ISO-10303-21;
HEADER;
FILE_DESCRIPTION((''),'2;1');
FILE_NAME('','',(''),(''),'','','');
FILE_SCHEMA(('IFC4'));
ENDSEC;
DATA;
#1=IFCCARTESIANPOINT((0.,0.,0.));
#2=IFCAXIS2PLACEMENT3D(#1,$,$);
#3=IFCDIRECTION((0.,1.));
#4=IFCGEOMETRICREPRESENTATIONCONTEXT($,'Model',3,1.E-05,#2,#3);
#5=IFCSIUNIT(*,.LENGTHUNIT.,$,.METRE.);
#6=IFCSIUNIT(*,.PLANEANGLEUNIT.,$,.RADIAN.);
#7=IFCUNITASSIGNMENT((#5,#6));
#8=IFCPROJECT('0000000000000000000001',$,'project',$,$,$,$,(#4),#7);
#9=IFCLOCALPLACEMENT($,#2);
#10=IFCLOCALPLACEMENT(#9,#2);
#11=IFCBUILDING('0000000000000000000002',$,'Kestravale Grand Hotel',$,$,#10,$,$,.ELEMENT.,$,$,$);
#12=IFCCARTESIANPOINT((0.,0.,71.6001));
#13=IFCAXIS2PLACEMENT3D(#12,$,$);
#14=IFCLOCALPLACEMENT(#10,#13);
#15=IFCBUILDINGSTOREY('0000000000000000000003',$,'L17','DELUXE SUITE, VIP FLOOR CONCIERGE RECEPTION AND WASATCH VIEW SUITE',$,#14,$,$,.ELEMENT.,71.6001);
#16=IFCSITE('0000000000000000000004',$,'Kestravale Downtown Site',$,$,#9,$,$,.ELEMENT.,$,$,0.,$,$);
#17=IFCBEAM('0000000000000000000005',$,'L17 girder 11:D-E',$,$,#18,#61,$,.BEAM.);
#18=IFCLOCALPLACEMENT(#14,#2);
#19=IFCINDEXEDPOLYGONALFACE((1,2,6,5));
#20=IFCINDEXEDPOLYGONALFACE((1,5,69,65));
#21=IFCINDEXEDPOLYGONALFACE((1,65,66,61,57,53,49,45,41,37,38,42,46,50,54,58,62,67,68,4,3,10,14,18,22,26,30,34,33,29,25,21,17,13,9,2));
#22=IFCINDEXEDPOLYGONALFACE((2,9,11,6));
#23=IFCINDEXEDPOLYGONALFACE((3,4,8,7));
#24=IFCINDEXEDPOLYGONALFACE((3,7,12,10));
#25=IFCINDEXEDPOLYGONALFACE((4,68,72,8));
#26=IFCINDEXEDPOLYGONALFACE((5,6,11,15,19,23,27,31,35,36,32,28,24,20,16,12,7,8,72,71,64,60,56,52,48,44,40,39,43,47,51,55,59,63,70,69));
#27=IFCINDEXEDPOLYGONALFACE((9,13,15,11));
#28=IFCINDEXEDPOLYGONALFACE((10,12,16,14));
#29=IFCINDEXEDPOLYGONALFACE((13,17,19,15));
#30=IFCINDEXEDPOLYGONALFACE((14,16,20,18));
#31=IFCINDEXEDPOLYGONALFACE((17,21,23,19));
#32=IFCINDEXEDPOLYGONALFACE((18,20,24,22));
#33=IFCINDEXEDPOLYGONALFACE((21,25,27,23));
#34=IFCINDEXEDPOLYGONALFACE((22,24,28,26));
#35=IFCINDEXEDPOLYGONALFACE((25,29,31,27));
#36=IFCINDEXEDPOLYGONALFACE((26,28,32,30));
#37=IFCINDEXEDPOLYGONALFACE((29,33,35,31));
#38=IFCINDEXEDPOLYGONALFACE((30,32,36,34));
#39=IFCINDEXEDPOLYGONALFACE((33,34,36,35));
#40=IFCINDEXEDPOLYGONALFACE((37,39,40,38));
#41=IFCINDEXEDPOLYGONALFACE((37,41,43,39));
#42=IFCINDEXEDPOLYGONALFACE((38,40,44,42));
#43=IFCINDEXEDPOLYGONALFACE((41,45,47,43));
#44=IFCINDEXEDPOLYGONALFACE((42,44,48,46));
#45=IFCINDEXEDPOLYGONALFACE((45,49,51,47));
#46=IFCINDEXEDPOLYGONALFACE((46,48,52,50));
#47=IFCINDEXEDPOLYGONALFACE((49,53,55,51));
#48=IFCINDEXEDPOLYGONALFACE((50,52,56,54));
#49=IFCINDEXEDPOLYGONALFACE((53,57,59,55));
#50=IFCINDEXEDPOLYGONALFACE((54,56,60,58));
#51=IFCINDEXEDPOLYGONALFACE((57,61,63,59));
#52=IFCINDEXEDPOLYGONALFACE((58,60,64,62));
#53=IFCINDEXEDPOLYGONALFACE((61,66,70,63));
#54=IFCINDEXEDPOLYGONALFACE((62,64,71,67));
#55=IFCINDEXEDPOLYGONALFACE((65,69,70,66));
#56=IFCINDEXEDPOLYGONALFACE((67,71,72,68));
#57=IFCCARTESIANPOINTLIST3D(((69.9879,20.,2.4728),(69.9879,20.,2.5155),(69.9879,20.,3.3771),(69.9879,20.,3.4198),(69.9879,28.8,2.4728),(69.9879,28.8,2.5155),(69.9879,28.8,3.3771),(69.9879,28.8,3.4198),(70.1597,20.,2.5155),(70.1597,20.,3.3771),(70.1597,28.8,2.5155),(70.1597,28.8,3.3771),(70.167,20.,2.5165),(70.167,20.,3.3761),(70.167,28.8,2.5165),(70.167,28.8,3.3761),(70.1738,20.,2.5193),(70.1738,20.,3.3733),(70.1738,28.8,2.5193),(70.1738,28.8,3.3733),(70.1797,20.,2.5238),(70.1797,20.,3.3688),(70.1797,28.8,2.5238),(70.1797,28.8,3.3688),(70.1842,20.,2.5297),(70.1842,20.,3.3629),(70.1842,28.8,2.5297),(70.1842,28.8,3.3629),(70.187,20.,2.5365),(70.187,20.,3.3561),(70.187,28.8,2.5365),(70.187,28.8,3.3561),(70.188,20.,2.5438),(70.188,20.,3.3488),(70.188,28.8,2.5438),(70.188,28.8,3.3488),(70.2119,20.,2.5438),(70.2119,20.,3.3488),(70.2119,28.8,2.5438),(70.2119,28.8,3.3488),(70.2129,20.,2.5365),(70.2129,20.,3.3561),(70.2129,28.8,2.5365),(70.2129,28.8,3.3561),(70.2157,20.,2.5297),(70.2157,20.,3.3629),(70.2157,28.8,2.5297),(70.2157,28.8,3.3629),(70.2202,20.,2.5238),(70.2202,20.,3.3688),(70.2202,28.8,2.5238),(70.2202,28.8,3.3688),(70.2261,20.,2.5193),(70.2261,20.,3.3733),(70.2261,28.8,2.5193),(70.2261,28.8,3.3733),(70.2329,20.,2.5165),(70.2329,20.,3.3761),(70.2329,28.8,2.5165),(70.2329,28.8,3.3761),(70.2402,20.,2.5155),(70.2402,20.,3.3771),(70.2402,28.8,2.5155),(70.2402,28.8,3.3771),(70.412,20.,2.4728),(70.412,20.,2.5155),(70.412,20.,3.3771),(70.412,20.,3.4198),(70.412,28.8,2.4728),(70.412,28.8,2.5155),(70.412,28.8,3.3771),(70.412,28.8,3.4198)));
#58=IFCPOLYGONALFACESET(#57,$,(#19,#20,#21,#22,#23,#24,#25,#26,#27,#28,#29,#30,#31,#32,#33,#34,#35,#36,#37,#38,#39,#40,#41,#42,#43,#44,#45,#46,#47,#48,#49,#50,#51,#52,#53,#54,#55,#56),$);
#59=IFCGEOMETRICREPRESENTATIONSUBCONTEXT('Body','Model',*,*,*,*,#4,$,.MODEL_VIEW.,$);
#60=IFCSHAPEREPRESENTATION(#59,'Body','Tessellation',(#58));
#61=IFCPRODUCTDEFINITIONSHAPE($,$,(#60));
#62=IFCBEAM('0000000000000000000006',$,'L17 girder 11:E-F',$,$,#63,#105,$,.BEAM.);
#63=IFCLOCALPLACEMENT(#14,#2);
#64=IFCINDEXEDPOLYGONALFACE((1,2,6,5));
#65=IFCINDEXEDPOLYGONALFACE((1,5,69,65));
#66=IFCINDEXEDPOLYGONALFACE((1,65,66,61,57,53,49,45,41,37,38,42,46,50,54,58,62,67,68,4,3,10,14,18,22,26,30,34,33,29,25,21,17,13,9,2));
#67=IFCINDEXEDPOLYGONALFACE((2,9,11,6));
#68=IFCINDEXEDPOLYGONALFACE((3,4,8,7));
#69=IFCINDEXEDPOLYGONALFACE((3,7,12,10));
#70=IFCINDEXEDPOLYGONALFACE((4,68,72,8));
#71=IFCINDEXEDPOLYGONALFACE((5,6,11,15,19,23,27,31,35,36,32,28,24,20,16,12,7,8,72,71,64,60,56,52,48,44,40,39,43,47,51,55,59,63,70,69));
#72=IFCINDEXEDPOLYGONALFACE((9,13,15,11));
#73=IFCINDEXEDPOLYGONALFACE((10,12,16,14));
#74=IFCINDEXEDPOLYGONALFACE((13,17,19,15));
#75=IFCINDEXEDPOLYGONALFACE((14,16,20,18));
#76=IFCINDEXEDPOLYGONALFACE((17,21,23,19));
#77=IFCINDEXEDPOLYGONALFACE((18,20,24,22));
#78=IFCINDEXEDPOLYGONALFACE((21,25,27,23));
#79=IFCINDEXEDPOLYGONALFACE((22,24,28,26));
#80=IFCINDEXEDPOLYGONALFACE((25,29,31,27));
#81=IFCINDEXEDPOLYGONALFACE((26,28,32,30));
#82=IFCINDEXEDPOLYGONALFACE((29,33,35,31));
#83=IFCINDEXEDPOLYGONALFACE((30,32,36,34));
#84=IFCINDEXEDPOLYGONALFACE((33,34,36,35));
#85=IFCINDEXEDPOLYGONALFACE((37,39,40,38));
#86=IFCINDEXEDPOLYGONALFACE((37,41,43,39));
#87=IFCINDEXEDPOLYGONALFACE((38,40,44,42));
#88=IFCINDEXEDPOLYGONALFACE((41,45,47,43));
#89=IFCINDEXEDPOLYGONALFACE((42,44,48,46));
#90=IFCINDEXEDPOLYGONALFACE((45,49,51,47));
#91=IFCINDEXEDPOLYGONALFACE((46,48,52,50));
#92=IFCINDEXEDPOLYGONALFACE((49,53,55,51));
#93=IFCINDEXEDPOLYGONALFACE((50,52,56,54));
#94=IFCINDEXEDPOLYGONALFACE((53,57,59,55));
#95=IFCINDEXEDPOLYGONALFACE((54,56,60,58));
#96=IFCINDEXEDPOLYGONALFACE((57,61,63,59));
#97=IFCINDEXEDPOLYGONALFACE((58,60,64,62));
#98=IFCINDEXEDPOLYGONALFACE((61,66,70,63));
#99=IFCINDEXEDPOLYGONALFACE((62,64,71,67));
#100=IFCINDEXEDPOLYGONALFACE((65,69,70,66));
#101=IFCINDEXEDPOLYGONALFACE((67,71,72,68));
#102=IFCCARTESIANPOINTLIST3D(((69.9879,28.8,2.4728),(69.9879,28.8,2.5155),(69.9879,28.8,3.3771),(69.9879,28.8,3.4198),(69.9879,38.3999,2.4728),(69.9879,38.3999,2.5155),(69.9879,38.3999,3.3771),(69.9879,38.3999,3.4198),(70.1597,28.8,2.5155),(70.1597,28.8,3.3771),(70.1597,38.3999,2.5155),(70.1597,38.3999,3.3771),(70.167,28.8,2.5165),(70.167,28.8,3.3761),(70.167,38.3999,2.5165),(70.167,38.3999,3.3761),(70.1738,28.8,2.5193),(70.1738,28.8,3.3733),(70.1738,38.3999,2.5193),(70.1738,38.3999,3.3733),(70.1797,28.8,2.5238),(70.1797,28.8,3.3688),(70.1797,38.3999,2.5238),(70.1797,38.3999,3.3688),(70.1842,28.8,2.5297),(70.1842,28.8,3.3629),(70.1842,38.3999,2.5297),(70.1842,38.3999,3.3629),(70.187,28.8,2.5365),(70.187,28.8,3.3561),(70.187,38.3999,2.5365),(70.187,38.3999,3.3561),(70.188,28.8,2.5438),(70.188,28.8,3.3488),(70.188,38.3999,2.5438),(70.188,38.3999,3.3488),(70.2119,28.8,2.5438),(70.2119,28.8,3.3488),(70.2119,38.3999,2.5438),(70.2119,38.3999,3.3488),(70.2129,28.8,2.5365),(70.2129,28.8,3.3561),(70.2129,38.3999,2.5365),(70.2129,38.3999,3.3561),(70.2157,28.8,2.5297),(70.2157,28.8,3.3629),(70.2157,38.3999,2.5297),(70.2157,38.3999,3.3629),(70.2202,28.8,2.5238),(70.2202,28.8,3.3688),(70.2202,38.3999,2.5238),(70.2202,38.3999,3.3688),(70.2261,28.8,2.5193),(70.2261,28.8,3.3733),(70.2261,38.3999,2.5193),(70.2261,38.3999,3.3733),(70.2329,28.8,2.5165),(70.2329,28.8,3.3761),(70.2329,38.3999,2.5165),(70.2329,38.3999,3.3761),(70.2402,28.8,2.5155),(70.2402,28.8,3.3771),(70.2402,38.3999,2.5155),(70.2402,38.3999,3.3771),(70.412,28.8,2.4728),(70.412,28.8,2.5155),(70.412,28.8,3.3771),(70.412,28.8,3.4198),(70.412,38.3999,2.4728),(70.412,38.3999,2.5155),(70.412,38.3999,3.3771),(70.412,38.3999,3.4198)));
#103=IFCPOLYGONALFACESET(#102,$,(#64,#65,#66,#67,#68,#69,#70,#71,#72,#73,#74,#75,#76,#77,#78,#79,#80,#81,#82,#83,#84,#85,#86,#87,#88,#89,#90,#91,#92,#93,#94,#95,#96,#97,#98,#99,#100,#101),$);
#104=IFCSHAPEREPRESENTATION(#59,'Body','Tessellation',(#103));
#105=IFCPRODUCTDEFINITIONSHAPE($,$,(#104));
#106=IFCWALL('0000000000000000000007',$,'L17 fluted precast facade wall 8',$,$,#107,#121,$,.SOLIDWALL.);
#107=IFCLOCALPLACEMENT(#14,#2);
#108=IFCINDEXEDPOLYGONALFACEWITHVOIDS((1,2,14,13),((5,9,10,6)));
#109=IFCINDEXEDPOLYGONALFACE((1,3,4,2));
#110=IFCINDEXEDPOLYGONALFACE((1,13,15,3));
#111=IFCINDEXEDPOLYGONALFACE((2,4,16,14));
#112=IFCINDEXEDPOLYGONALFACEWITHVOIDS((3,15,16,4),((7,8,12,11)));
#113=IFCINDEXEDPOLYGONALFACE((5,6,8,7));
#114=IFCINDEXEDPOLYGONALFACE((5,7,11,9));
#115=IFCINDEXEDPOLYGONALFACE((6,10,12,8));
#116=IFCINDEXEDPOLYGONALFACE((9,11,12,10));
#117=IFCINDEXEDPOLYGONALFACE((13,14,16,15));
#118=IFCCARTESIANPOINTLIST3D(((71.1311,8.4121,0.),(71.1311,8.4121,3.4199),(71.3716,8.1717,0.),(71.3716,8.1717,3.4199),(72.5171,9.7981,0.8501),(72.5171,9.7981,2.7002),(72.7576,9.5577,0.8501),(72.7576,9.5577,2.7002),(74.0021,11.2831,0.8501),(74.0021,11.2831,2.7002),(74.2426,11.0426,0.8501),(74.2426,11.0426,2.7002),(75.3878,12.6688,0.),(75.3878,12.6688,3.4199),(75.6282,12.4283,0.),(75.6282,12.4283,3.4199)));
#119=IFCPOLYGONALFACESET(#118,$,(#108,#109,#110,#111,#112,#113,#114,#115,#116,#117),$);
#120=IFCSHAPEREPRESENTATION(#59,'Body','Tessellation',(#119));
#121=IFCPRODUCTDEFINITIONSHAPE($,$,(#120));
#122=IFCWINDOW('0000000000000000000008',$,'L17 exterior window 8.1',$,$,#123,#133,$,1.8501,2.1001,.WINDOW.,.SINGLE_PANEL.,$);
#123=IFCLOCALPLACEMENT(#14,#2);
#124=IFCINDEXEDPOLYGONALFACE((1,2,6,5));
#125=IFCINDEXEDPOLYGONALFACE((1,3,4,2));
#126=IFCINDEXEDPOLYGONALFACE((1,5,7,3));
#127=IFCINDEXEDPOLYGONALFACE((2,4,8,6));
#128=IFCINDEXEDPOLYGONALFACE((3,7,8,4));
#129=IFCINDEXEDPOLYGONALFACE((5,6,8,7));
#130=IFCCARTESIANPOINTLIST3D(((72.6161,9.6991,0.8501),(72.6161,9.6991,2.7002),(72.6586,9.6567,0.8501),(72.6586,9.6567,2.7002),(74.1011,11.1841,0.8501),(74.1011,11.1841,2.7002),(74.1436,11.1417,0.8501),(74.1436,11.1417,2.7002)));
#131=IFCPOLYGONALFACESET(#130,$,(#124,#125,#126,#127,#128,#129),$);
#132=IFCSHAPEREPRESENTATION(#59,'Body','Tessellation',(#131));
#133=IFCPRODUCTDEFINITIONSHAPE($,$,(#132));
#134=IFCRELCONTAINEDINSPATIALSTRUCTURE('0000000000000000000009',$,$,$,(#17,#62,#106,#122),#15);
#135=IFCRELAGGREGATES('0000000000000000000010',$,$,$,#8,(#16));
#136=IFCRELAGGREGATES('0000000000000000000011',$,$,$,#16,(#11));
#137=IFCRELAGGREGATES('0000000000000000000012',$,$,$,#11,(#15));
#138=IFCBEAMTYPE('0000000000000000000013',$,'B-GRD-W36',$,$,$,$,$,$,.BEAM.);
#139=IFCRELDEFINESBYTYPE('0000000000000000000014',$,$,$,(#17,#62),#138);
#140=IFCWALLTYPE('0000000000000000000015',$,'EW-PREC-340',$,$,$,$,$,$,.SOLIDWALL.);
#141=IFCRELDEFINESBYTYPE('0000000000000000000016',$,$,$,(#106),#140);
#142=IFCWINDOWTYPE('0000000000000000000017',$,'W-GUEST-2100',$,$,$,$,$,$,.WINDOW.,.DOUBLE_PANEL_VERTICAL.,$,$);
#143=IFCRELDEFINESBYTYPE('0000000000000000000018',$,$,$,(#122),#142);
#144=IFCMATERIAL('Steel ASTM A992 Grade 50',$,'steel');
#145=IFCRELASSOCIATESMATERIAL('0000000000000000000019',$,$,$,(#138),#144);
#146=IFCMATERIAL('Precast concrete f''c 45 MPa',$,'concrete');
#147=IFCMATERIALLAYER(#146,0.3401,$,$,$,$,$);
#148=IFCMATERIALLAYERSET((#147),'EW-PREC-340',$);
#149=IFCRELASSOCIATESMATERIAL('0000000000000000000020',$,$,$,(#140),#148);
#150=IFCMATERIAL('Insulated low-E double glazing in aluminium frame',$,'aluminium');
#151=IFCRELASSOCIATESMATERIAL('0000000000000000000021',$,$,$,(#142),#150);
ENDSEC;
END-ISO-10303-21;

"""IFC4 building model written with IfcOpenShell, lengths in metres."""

from ifc_helpers import new_model, si_unit, direction, frame, frame_2d, origin, origin_2d, place, context, subcontext, project, spatial, rectangle, i_section, extrude, material, layer, layer_set, material_profile, profile_set, type_object, element, fill, save


model = new_model("IFC4")

# Units and contexts
model_context = context("Model", 3, precision=1e-05, world=origin(), true_north=direction((0.0, 1.0)))
body_context = subcontext(model_context, "Body", "Model", "MODEL_VIEW")
ifc_project = project(units=[si_unit("LENGTHUNIT", "METRE"), si_unit("PLANEANGLEUNIT", "RADIAN")], contexts=[model_context])

# Site, building, storey
site_placement = place(None, origin())
site = spatial("IfcSite", under=ifc_project, at=site_placement, Name="Kestravale Downtown Site", CompositionType="ELEMENT", RefElevation=0.0)
building_placement = place(site_placement, origin())
building = spatial("IfcBuilding", under=site, at=building_placement, Name="Kestravale Grand Hotel", CompositionType="ELEMENT")
storey_placement = place(building_placement, frame((0.0, 0.0, 71.6001)))
storey = spatial("IfcBuildingStorey", under=building, at=storey_placement, Name="L17", Description="DELUXE SUITE, VIP FLOOR CONCIERGE RECEPTION AND WASATCH VIEW SUITE", CompositionType="ELEMENT", Elevation=71.6001)

# Beams
ifc_material_1 = material(Name="Steel ASTM A992 Grade 50", Category="steel")
ifc_material_profile_1 = material_profile(ifc_material_1, i_section(OverallWidth=0.4241, OverallDepth=0.947, WebThickness=0.0239, FlangeThickness=0.0427, FilletRadius=0.0283, at=origin_2d()))
ifc_profile_set_1 = profile_set([ifc_material_profile_1], Name="Steel ASTM A992 Grade 50")
beam_type_1 = type_object("IfcBeamType", Name="B-GRD-W36", PredefinedType="BEAM", material=ifc_profile_set_1)
beam_1_placement = place(storey_placement, frame((70.2, 20.0, 2.9463), z_axis=(0.0, 1.0, 0.0), x_axis=(-1.0, 0.0, 0.0)))
element("IfcBeam", 1, at=beam_1_placement, inside=storey, type_object=beam_type_1, Name="L17 girder 11:D-E", PredefinedType="BEAM", context=body_context, shape_type="SweptSolid", body=[
    extrude(i_section(OverallWidth=0.4241, OverallDepth=0.947, WebThickness=0.0239, FlangeThickness=0.0427, FilletRadius=0.0283, at=origin_2d()), origin(), (0.0, 0.0, 1.0), 8.8),
])
beam_2_placement = place(storey_placement, frame((70.2, 28.8, 2.9463), z_axis=(0.0, 1.0, 0.0), x_axis=(-1.0, 0.0, 0.0)))
element("IfcBeam", 2, at=beam_2_placement, inside=storey, type_object=beam_type_1, Name="L17 girder 11:E-F", PredefinedType="BEAM", context=body_context, shape_type="SweptSolid", body=[
    extrude(i_section(OverallWidth=0.4241, OverallDepth=0.947, WebThickness=0.0239, FlangeThickness=0.0427, FilletRadius=0.0283, at=origin_2d()), origin(), (0.0, 0.0, 1.0), 9.5999),
])

# Wall, opening, window
ifc_material_2 = material(Name="Precast concrete f'c 45 MPa", Category="concrete")
ifc_layer_1 = layer(ifc_material_2, 0.3401)
ifc_layer_set_1 = layer_set([ifc_layer_1], Name="EW-PREC-340")
wall_type_1 = type_object("IfcWallType", Name="EW-PREC-340", PredefinedType="SOLIDWALL", material=ifc_layer_set_1)
wall_1_placement = place(storey_placement, frame((71.2515, 8.292, 0.0), z_axis=(0.0, 0.0, 1.0), x_axis=(0.707107, 0.707107, 0.0)))
wall_1 = element("IfcWall", 3, at=wall_1_placement, inside=storey, type_object=wall_type_1, Name="L17 fluted precast facade wall 8", PredefinedType="SOLIDWALL", context=body_context, shape_type="SweptSolid", body=[
    extrude(rectangle(XDim=6.0198, YDim=0.3401, at=frame_2d((3.0098, 0.0))), origin(), (0.0, 0.0, 1.0), 3.4199),
])
opening_1_placement = place(wall_1_placement, frame((1.96, 0.0, 0.8501)))
opening_1 = element("IfcOpeningElement", 4, at=opening_1_placement, cuts=wall_1, PredefinedType="OPENING", context=body_context, shape_type="SweptSolid", body=[
    extrude(rectangle(XDim=2.1001, YDim=1.8501, at=frame_2d((1.05, 0.925))), frame((0.0, 0.1799, 0.0), z_axis=(0.0, -1.0, 0.0), x_axis=(1.0, 0.0, 0.0)), (0.0, 0.0, 1.0), 0.3601),
])
ifc_material_3 = material(Name="Insulated low-E double glazing in aluminium frame", Category="aluminium")
window_type = type_object("IfcWindowType", Name="W-GUEST-2100", PartitioningType="DOUBLE_PANEL_VERTICAL", PredefinedType="WINDOW", material=ifc_material_3)
window_1_placement = place(opening_1_placement, origin())
window_1 = element("IfcWindow", 5, at=window_1_placement, inside=storey, type_object=window_type, Name="L17 exterior window 8.1", OverallHeight=1.8501, OverallWidth=2.1001, PartitioningType="SINGLE_PANEL", PredefinedType="WINDOW", context=body_context, shape_type="SweptSolid", body=[
    extrude(rectangle(XDim=2.1001, YDim=1.8501, at=frame_2d((1.05, 0.925))), frame((0.0, 0.03, 0.0), z_axis=(0.0, -1.0, 0.0), x_axis=(1.0, 0.0, 0.0)), (0.0, 0.0, 1.0), 0.0601),
])
fill(opening_1, window_1)

save(model, "model.ifc")
